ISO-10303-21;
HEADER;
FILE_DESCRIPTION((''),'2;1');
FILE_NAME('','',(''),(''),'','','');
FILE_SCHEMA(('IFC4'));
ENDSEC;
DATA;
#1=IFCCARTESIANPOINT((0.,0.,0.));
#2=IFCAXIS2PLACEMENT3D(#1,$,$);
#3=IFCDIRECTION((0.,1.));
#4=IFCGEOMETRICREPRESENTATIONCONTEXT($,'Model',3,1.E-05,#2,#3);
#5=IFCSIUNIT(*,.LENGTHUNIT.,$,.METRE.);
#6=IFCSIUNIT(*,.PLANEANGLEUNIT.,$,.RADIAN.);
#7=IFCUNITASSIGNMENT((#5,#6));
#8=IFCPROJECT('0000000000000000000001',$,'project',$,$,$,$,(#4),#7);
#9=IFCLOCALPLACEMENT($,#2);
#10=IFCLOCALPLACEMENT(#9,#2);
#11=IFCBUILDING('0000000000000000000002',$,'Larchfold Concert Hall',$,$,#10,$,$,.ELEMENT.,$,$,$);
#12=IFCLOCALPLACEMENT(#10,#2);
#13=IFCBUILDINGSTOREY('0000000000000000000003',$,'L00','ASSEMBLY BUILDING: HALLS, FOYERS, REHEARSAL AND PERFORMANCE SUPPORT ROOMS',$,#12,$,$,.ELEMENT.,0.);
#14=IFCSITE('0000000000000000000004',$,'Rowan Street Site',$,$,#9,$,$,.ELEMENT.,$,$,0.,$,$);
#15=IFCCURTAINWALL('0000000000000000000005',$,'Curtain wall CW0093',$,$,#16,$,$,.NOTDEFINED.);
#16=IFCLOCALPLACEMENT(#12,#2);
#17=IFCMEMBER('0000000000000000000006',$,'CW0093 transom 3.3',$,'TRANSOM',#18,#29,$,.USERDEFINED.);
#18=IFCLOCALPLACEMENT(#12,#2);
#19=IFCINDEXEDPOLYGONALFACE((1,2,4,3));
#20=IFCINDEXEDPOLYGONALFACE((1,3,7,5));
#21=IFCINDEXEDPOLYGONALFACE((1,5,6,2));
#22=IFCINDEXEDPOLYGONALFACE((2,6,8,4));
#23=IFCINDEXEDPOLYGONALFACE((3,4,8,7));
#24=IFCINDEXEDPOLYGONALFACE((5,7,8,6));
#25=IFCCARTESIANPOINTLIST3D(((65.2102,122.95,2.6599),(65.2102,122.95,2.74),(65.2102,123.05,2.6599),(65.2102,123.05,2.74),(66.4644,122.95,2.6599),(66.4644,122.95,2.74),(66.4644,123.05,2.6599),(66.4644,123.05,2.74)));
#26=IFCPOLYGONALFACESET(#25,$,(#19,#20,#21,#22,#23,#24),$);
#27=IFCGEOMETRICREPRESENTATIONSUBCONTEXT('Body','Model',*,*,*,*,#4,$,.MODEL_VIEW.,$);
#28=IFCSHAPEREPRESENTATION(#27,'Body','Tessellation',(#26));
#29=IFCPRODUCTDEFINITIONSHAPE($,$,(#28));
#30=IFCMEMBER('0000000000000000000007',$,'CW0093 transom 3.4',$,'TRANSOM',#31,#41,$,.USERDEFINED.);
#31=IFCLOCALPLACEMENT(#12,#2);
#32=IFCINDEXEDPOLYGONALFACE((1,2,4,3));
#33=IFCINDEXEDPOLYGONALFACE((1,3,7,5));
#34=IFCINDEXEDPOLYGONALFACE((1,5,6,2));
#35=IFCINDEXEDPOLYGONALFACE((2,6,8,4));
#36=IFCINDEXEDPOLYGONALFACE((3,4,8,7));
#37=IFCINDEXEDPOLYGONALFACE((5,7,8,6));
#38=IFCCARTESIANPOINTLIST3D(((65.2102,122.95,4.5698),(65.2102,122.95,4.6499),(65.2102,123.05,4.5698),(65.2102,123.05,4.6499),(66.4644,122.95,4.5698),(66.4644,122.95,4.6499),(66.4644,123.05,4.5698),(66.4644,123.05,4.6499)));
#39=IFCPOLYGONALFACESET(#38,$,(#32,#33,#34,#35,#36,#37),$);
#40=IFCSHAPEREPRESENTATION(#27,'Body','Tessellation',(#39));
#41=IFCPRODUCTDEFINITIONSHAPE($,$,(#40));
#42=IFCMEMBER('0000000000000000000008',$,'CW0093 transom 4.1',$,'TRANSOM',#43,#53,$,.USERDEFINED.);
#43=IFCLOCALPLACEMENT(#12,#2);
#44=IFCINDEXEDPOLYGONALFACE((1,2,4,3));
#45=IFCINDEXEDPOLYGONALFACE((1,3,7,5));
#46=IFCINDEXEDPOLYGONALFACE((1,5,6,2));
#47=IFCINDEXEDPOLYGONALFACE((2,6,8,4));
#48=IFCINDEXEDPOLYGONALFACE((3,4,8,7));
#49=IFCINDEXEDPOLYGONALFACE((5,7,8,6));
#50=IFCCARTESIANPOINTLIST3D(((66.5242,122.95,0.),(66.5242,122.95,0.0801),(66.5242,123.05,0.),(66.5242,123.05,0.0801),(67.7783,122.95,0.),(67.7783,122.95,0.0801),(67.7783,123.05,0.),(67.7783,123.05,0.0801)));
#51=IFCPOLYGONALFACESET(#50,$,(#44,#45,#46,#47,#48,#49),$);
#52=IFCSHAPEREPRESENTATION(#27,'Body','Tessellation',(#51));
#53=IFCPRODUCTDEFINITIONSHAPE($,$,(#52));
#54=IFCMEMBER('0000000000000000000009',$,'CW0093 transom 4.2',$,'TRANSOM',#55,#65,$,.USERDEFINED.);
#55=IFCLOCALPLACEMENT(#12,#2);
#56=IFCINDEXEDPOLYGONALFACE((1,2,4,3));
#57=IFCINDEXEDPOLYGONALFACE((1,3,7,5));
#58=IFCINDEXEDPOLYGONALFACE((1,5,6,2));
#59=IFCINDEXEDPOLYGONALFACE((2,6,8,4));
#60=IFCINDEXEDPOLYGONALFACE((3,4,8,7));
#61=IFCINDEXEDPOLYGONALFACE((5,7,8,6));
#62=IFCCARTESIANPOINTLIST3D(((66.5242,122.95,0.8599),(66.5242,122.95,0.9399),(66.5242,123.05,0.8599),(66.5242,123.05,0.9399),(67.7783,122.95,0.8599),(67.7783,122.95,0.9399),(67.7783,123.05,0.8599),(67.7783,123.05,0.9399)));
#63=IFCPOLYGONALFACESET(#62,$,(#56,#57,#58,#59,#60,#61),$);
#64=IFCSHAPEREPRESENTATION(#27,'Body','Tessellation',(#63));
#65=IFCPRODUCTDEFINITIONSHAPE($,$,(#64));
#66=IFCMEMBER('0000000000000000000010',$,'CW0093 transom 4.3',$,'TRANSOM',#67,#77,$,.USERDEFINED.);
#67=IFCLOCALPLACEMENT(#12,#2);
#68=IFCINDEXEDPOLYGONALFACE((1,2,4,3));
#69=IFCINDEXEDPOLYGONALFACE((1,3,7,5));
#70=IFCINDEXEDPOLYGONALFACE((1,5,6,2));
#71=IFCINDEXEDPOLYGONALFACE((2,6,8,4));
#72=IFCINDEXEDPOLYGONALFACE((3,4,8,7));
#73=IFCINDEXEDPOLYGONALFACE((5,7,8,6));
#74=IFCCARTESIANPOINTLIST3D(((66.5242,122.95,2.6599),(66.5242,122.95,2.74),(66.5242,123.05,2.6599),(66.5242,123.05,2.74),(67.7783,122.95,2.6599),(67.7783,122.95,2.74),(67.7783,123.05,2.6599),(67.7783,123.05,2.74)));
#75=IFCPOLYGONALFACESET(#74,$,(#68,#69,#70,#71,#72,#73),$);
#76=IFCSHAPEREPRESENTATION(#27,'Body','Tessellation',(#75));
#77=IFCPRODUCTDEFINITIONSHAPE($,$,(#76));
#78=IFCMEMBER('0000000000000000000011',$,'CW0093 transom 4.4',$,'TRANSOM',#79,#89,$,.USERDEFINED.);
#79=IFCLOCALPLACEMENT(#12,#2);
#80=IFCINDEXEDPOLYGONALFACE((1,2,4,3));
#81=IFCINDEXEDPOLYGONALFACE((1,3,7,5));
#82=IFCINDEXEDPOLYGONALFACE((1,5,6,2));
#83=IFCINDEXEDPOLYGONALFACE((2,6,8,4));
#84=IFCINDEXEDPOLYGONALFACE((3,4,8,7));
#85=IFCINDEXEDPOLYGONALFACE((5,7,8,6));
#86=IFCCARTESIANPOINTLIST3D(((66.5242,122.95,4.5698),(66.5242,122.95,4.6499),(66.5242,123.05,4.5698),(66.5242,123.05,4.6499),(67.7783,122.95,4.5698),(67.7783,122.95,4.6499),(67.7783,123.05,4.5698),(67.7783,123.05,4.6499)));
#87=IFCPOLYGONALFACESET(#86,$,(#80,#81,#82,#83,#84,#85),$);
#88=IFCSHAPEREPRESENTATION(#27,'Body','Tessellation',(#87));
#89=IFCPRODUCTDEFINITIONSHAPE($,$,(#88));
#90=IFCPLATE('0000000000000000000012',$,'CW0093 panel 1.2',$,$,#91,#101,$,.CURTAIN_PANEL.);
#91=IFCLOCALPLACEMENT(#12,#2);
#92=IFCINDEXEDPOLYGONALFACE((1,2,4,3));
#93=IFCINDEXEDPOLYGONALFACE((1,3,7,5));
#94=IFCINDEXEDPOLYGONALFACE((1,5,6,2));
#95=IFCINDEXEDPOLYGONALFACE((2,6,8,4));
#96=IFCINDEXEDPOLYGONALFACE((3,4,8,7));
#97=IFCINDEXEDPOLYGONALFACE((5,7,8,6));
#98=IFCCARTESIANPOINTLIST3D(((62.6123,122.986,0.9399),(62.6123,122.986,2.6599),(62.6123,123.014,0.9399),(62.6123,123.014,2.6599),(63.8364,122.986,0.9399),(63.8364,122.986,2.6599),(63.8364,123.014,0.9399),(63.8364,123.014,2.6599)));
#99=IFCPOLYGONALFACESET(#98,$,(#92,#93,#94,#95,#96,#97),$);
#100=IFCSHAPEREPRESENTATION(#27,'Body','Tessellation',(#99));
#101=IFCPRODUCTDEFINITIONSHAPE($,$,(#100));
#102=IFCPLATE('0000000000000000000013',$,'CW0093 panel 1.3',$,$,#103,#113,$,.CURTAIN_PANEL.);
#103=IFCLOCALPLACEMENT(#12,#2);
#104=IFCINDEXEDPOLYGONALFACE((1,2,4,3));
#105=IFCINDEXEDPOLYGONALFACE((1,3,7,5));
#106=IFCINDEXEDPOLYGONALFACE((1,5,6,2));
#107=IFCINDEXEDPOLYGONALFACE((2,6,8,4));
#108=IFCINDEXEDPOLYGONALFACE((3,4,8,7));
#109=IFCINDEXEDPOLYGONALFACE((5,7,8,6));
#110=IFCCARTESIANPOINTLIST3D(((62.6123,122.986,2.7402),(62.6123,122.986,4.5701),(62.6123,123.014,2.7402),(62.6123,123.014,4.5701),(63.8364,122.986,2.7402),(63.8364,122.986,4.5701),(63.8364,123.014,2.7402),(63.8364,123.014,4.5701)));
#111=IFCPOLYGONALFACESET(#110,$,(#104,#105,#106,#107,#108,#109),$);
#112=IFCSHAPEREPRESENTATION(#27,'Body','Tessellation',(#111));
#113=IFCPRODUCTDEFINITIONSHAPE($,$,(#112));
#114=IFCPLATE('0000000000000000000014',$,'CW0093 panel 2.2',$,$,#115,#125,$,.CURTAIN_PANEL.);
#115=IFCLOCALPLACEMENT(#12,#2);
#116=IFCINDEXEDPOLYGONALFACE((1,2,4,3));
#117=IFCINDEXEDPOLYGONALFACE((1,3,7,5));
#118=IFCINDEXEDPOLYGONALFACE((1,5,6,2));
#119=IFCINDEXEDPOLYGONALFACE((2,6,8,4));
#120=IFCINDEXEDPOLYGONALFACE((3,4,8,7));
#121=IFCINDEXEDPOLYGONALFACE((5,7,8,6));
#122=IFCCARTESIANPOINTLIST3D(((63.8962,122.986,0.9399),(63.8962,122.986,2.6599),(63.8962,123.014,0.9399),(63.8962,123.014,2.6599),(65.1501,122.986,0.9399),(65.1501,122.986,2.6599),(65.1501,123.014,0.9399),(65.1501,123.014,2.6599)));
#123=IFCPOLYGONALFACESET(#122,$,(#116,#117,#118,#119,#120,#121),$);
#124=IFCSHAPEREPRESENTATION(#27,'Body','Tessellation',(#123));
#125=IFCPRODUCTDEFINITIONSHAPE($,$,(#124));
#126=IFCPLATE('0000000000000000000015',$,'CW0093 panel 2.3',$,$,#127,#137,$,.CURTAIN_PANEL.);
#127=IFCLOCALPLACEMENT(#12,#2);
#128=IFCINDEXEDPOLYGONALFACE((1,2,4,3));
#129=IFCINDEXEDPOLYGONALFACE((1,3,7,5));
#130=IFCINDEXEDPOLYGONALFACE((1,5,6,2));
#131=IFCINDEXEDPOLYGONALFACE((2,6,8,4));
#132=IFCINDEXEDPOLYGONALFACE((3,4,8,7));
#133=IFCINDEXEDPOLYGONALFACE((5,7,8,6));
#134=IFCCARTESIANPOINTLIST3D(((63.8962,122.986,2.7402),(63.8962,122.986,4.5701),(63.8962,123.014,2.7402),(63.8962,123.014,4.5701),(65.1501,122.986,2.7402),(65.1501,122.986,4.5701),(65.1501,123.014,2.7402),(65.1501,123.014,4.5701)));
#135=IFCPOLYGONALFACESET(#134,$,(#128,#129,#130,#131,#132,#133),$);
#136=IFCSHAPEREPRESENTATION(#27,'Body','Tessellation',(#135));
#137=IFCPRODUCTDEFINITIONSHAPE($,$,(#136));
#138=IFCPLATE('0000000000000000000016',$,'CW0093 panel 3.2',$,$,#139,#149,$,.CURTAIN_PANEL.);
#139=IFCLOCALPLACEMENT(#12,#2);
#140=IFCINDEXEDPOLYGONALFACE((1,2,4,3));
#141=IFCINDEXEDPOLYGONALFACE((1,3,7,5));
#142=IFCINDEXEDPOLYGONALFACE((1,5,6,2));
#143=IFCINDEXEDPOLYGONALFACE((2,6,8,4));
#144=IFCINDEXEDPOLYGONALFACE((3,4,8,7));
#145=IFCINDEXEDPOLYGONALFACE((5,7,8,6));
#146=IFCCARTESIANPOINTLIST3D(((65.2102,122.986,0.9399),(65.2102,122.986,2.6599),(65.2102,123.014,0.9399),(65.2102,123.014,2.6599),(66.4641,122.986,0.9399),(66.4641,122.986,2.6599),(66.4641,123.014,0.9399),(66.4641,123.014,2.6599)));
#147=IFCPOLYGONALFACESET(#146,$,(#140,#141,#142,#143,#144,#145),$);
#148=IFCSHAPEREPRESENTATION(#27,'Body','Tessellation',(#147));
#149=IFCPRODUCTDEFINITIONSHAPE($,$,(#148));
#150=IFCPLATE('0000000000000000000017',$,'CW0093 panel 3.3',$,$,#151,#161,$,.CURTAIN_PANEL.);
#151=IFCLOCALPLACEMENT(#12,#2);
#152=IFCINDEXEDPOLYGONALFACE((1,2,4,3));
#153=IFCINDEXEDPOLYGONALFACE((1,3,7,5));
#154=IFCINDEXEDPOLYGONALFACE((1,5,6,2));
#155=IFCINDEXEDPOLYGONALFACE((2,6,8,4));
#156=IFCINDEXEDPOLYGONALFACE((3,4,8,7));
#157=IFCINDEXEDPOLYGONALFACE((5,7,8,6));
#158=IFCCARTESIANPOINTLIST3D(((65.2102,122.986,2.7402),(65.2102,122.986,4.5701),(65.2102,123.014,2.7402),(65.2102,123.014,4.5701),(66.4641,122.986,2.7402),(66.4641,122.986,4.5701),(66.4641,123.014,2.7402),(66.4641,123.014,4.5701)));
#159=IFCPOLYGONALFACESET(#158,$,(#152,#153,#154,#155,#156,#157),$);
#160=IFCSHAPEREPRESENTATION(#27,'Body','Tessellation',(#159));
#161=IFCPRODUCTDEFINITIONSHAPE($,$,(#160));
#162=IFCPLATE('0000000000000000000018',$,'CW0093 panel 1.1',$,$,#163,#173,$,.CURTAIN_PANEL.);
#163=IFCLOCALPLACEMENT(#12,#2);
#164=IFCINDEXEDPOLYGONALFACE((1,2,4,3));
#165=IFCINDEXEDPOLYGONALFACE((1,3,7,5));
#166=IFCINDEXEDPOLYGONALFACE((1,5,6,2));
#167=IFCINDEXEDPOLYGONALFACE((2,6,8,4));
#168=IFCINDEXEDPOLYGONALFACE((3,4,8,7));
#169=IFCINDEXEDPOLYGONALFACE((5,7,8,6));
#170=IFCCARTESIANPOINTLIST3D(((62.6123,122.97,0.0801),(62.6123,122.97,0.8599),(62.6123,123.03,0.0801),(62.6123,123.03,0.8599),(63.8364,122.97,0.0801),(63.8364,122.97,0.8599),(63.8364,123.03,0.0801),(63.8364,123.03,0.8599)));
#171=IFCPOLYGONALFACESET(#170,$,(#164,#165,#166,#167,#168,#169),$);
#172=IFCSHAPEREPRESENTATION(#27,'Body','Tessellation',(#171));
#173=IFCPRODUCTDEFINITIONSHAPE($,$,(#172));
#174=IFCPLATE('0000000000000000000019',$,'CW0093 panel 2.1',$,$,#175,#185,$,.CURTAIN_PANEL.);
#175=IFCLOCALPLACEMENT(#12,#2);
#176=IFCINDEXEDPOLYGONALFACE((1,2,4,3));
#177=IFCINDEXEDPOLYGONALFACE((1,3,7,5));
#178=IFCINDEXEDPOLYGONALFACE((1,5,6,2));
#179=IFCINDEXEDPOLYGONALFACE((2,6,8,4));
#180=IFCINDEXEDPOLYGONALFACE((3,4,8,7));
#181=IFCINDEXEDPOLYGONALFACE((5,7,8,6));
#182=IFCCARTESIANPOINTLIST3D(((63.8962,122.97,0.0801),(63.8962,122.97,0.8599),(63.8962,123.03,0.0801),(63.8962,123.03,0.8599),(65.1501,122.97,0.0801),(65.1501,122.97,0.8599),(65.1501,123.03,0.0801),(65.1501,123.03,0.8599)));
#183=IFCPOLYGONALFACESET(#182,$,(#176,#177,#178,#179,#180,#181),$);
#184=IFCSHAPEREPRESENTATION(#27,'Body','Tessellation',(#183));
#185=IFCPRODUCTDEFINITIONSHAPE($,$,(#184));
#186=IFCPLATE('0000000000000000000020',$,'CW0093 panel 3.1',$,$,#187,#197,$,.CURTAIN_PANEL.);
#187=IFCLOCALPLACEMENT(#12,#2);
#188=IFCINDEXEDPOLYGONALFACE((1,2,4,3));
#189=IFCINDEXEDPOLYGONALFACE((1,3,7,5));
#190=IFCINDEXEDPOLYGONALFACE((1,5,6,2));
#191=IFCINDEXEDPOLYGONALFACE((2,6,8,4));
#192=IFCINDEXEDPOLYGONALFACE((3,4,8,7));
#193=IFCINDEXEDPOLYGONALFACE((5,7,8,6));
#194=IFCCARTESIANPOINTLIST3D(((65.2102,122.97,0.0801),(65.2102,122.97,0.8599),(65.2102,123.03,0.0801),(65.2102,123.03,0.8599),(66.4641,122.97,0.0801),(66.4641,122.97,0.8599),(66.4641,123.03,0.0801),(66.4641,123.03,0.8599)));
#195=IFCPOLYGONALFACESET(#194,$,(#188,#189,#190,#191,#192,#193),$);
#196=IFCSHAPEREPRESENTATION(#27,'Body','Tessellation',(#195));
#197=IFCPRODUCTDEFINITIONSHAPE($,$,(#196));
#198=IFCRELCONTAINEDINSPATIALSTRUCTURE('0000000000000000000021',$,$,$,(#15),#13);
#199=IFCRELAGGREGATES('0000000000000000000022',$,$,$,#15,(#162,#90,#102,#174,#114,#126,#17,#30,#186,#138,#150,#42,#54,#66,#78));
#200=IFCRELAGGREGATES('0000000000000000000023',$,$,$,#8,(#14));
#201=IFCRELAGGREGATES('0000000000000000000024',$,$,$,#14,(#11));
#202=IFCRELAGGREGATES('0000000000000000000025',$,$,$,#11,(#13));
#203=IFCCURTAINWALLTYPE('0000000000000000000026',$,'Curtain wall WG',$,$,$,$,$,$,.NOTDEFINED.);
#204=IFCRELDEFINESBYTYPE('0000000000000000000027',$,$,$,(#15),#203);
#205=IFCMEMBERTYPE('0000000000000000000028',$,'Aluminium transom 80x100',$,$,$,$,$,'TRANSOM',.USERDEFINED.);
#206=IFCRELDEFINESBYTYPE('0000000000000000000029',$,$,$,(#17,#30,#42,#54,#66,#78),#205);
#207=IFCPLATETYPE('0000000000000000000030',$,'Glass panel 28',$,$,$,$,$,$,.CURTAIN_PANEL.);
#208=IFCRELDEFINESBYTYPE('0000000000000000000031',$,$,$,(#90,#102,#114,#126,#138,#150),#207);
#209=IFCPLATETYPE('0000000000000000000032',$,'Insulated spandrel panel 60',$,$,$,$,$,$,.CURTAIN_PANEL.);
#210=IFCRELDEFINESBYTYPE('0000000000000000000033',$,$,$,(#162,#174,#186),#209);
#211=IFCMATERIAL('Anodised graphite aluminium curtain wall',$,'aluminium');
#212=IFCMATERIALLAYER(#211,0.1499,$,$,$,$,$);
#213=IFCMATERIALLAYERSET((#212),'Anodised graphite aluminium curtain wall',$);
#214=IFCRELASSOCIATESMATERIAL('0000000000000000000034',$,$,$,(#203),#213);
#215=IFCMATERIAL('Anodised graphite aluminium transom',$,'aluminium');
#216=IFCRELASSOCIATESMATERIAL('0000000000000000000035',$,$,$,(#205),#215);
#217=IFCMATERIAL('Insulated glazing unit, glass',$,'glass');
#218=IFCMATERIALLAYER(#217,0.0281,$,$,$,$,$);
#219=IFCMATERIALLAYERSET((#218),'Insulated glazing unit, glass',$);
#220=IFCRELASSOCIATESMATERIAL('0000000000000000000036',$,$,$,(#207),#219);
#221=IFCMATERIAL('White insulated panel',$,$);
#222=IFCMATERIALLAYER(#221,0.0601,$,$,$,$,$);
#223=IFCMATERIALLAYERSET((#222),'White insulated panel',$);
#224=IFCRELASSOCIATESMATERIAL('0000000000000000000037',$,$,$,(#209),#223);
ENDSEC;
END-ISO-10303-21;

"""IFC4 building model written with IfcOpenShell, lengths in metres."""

from ifc_helpers import new_model, si_unit, direction, frame, origin, origin_2d, place, context, subcontext, project, spatial, rectangle, extrude, material, layer, layer_set, material_profile, profile_set, type_object, element, aggregate, save


model = new_model("IFC4")

# Units and contexts
model_context = context("Model", 3, precision=1e-05, world=origin(), true_north=direction((0.0, 1.0)))
body_context = subcontext(model_context, "Body", "Model", "MODEL_VIEW")
ifc_project = project(units=[si_unit("LENGTHUNIT", "METRE"), si_unit("PLANEANGLEUNIT", "RADIAN")], contexts=[model_context])

# Site, building, storey
site_placement = place(None, origin())
site = spatial("IfcSite", under=ifc_project, at=site_placement, Name="Rowan Street Site", CompositionType="ELEMENT", RefElevation=0.0)
building_placement = place(site_placement, origin())
building = spatial("IfcBuilding", under=site, at=building_placement, Name="Larchfold Concert Hall", CompositionType="ELEMENT")
storey_placement = place(building_placement, origin())
storey = spatial("IfcBuildingStorey", under=building, at=storey_placement, Name="L00", Description="ASSEMBLY BUILDING: HALLS, FOYERS, REHEARSAL AND PERFORMANCE SUPPORT ROOMS", CompositionType="ELEMENT", Elevation=0.0)

# Shared definitions
ifc_material_1 = material(Name="Anodised graphite aluminium curtain wall", Category="aluminium")
ifc_layer_1 = layer(ifc_material_1, 0.1499)
ifc_layer_set_1 = layer_set([ifc_layer_1], Name="Anodised graphite aluminium curtain wall")
curtain_wall_type = type_object("IfcCurtainWallType", Name="Curtain wall WG", PredefinedType="NOTDEFINED", material=ifc_layer_set_1)

# Curtain wall, members, plates
curtain_wall_1_placement = place(storey_placement, origin())
curtain_wall_1 = element("IfcCurtainWall", 1, at=curtain_wall_1_placement, inside=storey, type_object=curtain_wall_type, Name="Curtain wall CW0093", PredefinedType="NOTDEFINED")
ifc_material_2 = material(Name="Anodised graphite aluminium transom", Category="aluminium")
ifc_material_profile_1 = material_profile(ifc_material_2, rectangle(XDim=0.1001, YDim=0.0801, at=origin_2d()))
ifc_profile_set_1 = profile_set([ifc_material_profile_1], Name="Anodised graphite aluminium transom")
member_type_1 = type_object("IfcMemberType", Name="Aluminium transom 80x100", ElementType="TRANSOM", PredefinedType="USERDEFINED", material=ifc_profile_set_1)
member_1_placement = place(storey_placement, frame((65.2102, 123.0, 2.7), z_axis=(1.0, 0.0, 0.0), x_axis=(0.0, 1.0, 0.0)))
member_1 = element("IfcMember", 2, at=member_1_placement, type_object=member_type_1, Name="CW0093 transom 3.3", ObjectType="TRANSOM", PredefinedType="USERDEFINED", context=body_context, shape_type="SweptSolid", body=[
    extrude(rectangle(XDim=0.1001, YDim=0.0801, at=origin_2d()), origin(), (0.0, 0.0, 1.0), 1.2542),
])
member_2_placement = place(storey_placement, frame((65.2102, 123.0, 4.6099), z_axis=(1.0, 0.0, 0.0), x_axis=(0.0, 1.0, 0.0)))
member_2 = element("IfcMember", 3, at=member_2_placement, type_object=member_type_1, Name="CW0093 transom 3.4", ObjectType="TRANSOM", PredefinedType="USERDEFINED", context=body_context, shape_type="SweptSolid", body=[
    extrude(rectangle(XDim=0.1001, YDim=0.0801, at=origin_2d()), origin(), (0.0, 0.0, 1.0), 1.2542),
])
member_3_placement = place(storey_placement, frame((66.5242, 123.0, 0.04), z_axis=(1.0, 0.0, 0.0), x_axis=(0.0, 1.0, 0.0)))
member_3 = element("IfcMember", 4, at=member_3_placement, type_object=member_type_1, Name="CW0093 transom 4.1", ObjectType="TRANSOM", PredefinedType="USERDEFINED", context=body_context, shape_type="SweptSolid", body=[
    extrude(rectangle(XDim=0.1001, YDim=0.0801, at=origin_2d()), origin(), (0.0, 0.0, 1.0), 1.2542),
])
member_4_placement = place(storey_placement, frame((66.5242, 123.0, 0.8999), z_axis=(1.0, 0.0, 0.0), x_axis=(0.0, 1.0, 0.0)))
member_4 = element("IfcMember", 5, at=member_4_placement, type_object=member_type_1, Name="CW0093 transom 4.2", ObjectType="TRANSOM", PredefinedType="USERDEFINED", context=body_context, shape_type="SweptSolid", body=[
    extrude(rectangle(XDim=0.1001, YDim=0.0801, at=origin_2d()), origin(), (0.0, 0.0, 1.0), 1.2542),
])
member_5_placement = place(storey_placement, frame((66.5242, 123.0, 2.7), z_axis=(1.0, 0.0, 0.0), x_axis=(0.0, 1.0, 0.0)))
member_5 = element("IfcMember", 6, at=member_5_placement, type_object=member_type_1, Name="CW0093 transom 4.3", ObjectType="TRANSOM", PredefinedType="USERDEFINED", context=body_context, shape_type="SweptSolid", body=[
    extrude(rectangle(XDim=0.1001, YDim=0.0801, at=origin_2d()), origin(), (0.0, 0.0, 1.0), 1.2542),
])
member_6_placement = place(storey_placement, frame((66.5242, 123.0, 4.6099), z_axis=(1.0, 0.0, 0.0), x_axis=(0.0, 1.0, 0.0)))
member_6 = element("IfcMember", 7, at=member_6_placement, type_object=member_type_1, Name="CW0093 transom 4.4", ObjectType="TRANSOM", PredefinedType="USERDEFINED", context=body_context, shape_type="SweptSolid", body=[
    extrude(rectangle(XDim=0.1001, YDim=0.0801, at=origin_2d()), origin(), (0.0, 0.0, 1.0), 1.2542),
])
ifc_material_3 = material(Name="Insulated glazing unit, glass", Category="glass")
ifc_layer_2 = layer(ifc_material_3, 0.0281)
ifc_layer_set_2 = layer_set([ifc_layer_2], Name="Insulated glazing unit, glass")
plate_type_1 = type_object("IfcPlateType", Name="Glass panel 28", PredefinedType="CURTAIN_PANEL", material=ifc_layer_set_2)
plate_1_placement = place(storey_placement, frame((63.2244, 123.0, 0.9399), z_axis=(0.0, 0.0, 1.0), x_axis=(1.0, 0.0, 0.0)))
plate_1 = element("IfcPlate", 8, at=plate_1_placement, type_object=plate_type_1, Name="CW0093 panel 1.2", PredefinedType="CURTAIN_PANEL", context=body_context, shape_type="SweptSolid", body=[
    extrude(rectangle(XDim=1.2241, YDim=0.0281, at=origin_2d()), origin(), (0.0, 0.0, 1.0), 1.72),
])
plate_2_placement = place(storey_placement, frame((63.2244, 123.0, 2.7402), z_axis=(0.0, 0.0, 1.0), x_axis=(1.0, 0.0, 0.0)))
plate_2 = element("IfcPlate", 9, at=plate_2_placement, type_object=plate_type_1, Name="CW0093 panel 1.3", PredefinedType="CURTAIN_PANEL", context=body_context, shape_type="SweptSolid", body=[
    extrude(rectangle(XDim=1.2241, YDim=0.0281, at=origin_2d()), origin(), (0.0, 0.0, 1.0), 1.8298),
])
plate_3_placement = place(storey_placement, frame((64.5232, 123.0, 0.9399), z_axis=(0.0, 0.0, 1.0), x_axis=(1.0, 0.0, 0.0)))
plate_3 = element("IfcPlate", 10, at=plate_3_placement, type_object=plate_type_1, Name="CW0093 panel 2.2", PredefinedType="CURTAIN_PANEL", context=body_context, shape_type="SweptSolid", body=[
    extrude(rectangle(XDim=1.2539, YDim=0.0281, at=origin_2d()), origin(), (0.0, 0.0, 1.0), 1.72),
])
plate_4_placement = place(storey_placement, frame((64.5232, 123.0, 2.7402), z_axis=(0.0, 0.0, 1.0), x_axis=(1.0, 0.0, 0.0)))
plate_4 = element("IfcPlate", 11, at=plate_4_placement, type_object=plate_type_1, Name="CW0093 panel 2.3", PredefinedType="CURTAIN_PANEL", context=body_context, shape_type="SweptSolid", body=[
    extrude(rectangle(XDim=1.2539, YDim=0.0281, at=origin_2d()), origin(), (0.0, 0.0, 1.0), 1.8298),
])
plate_5_placement = place(storey_placement, frame((65.8372, 123.0, 0.9399), z_axis=(0.0, 0.0, 1.0), x_axis=(1.0, 0.0, 0.0)))
plate_5 = element("IfcPlate", 12, at=plate_5_placement, type_object=plate_type_1, Name="CW0093 panel 3.2", PredefinedType="CURTAIN_PANEL", context=body_context, shape_type="SweptSolid", body=[
    extrude(rectangle(XDim=1.2539, YDim=0.0281, at=origin_2d()), origin(), (0.0, 0.0, 1.0), 1.72),
])
plate_6_placement = place(storey_placement, frame((65.8372, 123.0, 2.7402), z_axis=(0.0, 0.0, 1.0), x_axis=(1.0, 0.0, 0.0)))
plate_6 = element("IfcPlate", 13, at=plate_6_placement, type_object=plate_type_1, Name="CW0093 panel 3.3", PredefinedType="CURTAIN_PANEL", context=body_context, shape_type="SweptSolid", body=[
    extrude(rectangle(XDim=1.2539, YDim=0.0281, at=origin_2d()), origin(), (0.0, 0.0, 1.0), 1.8298),
])
ifc_material_4 = material(Name="White insulated panel")
ifc_layer_3 = layer(ifc_material_4, 0.0601)
ifc_layer_set_3 = layer_set([ifc_layer_3], Name="White insulated panel")
plate_type_2 = type_object("IfcPlateType", Name="Insulated spandrel panel 60", PredefinedType="CURTAIN_PANEL", material=ifc_layer_set_3)
plate_7_placement = place(storey_placement, frame((63.2244, 123.0, 0.0801), z_axis=(0.0, 0.0, 1.0), x_axis=(1.0, 0.0, 0.0)))
plate_7 = element("IfcPlate", 14, at=plate_7_placement, type_object=plate_type_2, Name="CW0093 panel 1.1", PredefinedType="CURTAIN_PANEL", context=body_context, shape_type="SweptSolid", body=[
    extrude(rectangle(XDim=1.2241, YDim=0.0601, at=origin_2d()), origin(), (0.0, 0.0, 1.0), 0.7798),
])
plate_8_placement = place(storey_placement, frame((64.5232, 123.0, 0.0801), z_axis=(0.0, 0.0, 1.0), x_axis=(1.0, 0.0, 0.0)))
plate_8 = element("IfcPlate", 15, at=plate_8_placement, type_object=plate_type_2, Name="CW0093 panel 2.1", PredefinedType="CURTAIN_PANEL", context=body_context, shape_type="SweptSolid", body=[
    extrude(rectangle(XDim=1.2539, YDim=0.0601, at=origin_2d()), origin(), (0.0, 0.0, 1.0), 0.7798),
])
plate_9_placement = place(storey_placement, frame((65.8372, 123.0, 0.0801), z_axis=(0.0, 0.0, 1.0), x_axis=(1.0, 0.0, 0.0)))
plate_9 = element("IfcPlate", 16, at=plate_9_placement, type_object=plate_type_2, Name="CW0093 panel 3.1", PredefinedType="CURTAIN_PANEL", context=body_context, shape_type="SweptSolid", body=[
    extrude(rectangle(XDim=1.2539, YDim=0.0601, at=origin_2d()), origin(), (0.0, 0.0, 1.0), 0.7798),
])
aggregate(curtain_wall_1, [plate_7, plate_1, plate_2, plate_8, plate_3, plate_4, member_1, member_2, plate_9, plate_5, plate_6, member_3, member_4, member_5, member_6])

save(model, "model.ifc")
